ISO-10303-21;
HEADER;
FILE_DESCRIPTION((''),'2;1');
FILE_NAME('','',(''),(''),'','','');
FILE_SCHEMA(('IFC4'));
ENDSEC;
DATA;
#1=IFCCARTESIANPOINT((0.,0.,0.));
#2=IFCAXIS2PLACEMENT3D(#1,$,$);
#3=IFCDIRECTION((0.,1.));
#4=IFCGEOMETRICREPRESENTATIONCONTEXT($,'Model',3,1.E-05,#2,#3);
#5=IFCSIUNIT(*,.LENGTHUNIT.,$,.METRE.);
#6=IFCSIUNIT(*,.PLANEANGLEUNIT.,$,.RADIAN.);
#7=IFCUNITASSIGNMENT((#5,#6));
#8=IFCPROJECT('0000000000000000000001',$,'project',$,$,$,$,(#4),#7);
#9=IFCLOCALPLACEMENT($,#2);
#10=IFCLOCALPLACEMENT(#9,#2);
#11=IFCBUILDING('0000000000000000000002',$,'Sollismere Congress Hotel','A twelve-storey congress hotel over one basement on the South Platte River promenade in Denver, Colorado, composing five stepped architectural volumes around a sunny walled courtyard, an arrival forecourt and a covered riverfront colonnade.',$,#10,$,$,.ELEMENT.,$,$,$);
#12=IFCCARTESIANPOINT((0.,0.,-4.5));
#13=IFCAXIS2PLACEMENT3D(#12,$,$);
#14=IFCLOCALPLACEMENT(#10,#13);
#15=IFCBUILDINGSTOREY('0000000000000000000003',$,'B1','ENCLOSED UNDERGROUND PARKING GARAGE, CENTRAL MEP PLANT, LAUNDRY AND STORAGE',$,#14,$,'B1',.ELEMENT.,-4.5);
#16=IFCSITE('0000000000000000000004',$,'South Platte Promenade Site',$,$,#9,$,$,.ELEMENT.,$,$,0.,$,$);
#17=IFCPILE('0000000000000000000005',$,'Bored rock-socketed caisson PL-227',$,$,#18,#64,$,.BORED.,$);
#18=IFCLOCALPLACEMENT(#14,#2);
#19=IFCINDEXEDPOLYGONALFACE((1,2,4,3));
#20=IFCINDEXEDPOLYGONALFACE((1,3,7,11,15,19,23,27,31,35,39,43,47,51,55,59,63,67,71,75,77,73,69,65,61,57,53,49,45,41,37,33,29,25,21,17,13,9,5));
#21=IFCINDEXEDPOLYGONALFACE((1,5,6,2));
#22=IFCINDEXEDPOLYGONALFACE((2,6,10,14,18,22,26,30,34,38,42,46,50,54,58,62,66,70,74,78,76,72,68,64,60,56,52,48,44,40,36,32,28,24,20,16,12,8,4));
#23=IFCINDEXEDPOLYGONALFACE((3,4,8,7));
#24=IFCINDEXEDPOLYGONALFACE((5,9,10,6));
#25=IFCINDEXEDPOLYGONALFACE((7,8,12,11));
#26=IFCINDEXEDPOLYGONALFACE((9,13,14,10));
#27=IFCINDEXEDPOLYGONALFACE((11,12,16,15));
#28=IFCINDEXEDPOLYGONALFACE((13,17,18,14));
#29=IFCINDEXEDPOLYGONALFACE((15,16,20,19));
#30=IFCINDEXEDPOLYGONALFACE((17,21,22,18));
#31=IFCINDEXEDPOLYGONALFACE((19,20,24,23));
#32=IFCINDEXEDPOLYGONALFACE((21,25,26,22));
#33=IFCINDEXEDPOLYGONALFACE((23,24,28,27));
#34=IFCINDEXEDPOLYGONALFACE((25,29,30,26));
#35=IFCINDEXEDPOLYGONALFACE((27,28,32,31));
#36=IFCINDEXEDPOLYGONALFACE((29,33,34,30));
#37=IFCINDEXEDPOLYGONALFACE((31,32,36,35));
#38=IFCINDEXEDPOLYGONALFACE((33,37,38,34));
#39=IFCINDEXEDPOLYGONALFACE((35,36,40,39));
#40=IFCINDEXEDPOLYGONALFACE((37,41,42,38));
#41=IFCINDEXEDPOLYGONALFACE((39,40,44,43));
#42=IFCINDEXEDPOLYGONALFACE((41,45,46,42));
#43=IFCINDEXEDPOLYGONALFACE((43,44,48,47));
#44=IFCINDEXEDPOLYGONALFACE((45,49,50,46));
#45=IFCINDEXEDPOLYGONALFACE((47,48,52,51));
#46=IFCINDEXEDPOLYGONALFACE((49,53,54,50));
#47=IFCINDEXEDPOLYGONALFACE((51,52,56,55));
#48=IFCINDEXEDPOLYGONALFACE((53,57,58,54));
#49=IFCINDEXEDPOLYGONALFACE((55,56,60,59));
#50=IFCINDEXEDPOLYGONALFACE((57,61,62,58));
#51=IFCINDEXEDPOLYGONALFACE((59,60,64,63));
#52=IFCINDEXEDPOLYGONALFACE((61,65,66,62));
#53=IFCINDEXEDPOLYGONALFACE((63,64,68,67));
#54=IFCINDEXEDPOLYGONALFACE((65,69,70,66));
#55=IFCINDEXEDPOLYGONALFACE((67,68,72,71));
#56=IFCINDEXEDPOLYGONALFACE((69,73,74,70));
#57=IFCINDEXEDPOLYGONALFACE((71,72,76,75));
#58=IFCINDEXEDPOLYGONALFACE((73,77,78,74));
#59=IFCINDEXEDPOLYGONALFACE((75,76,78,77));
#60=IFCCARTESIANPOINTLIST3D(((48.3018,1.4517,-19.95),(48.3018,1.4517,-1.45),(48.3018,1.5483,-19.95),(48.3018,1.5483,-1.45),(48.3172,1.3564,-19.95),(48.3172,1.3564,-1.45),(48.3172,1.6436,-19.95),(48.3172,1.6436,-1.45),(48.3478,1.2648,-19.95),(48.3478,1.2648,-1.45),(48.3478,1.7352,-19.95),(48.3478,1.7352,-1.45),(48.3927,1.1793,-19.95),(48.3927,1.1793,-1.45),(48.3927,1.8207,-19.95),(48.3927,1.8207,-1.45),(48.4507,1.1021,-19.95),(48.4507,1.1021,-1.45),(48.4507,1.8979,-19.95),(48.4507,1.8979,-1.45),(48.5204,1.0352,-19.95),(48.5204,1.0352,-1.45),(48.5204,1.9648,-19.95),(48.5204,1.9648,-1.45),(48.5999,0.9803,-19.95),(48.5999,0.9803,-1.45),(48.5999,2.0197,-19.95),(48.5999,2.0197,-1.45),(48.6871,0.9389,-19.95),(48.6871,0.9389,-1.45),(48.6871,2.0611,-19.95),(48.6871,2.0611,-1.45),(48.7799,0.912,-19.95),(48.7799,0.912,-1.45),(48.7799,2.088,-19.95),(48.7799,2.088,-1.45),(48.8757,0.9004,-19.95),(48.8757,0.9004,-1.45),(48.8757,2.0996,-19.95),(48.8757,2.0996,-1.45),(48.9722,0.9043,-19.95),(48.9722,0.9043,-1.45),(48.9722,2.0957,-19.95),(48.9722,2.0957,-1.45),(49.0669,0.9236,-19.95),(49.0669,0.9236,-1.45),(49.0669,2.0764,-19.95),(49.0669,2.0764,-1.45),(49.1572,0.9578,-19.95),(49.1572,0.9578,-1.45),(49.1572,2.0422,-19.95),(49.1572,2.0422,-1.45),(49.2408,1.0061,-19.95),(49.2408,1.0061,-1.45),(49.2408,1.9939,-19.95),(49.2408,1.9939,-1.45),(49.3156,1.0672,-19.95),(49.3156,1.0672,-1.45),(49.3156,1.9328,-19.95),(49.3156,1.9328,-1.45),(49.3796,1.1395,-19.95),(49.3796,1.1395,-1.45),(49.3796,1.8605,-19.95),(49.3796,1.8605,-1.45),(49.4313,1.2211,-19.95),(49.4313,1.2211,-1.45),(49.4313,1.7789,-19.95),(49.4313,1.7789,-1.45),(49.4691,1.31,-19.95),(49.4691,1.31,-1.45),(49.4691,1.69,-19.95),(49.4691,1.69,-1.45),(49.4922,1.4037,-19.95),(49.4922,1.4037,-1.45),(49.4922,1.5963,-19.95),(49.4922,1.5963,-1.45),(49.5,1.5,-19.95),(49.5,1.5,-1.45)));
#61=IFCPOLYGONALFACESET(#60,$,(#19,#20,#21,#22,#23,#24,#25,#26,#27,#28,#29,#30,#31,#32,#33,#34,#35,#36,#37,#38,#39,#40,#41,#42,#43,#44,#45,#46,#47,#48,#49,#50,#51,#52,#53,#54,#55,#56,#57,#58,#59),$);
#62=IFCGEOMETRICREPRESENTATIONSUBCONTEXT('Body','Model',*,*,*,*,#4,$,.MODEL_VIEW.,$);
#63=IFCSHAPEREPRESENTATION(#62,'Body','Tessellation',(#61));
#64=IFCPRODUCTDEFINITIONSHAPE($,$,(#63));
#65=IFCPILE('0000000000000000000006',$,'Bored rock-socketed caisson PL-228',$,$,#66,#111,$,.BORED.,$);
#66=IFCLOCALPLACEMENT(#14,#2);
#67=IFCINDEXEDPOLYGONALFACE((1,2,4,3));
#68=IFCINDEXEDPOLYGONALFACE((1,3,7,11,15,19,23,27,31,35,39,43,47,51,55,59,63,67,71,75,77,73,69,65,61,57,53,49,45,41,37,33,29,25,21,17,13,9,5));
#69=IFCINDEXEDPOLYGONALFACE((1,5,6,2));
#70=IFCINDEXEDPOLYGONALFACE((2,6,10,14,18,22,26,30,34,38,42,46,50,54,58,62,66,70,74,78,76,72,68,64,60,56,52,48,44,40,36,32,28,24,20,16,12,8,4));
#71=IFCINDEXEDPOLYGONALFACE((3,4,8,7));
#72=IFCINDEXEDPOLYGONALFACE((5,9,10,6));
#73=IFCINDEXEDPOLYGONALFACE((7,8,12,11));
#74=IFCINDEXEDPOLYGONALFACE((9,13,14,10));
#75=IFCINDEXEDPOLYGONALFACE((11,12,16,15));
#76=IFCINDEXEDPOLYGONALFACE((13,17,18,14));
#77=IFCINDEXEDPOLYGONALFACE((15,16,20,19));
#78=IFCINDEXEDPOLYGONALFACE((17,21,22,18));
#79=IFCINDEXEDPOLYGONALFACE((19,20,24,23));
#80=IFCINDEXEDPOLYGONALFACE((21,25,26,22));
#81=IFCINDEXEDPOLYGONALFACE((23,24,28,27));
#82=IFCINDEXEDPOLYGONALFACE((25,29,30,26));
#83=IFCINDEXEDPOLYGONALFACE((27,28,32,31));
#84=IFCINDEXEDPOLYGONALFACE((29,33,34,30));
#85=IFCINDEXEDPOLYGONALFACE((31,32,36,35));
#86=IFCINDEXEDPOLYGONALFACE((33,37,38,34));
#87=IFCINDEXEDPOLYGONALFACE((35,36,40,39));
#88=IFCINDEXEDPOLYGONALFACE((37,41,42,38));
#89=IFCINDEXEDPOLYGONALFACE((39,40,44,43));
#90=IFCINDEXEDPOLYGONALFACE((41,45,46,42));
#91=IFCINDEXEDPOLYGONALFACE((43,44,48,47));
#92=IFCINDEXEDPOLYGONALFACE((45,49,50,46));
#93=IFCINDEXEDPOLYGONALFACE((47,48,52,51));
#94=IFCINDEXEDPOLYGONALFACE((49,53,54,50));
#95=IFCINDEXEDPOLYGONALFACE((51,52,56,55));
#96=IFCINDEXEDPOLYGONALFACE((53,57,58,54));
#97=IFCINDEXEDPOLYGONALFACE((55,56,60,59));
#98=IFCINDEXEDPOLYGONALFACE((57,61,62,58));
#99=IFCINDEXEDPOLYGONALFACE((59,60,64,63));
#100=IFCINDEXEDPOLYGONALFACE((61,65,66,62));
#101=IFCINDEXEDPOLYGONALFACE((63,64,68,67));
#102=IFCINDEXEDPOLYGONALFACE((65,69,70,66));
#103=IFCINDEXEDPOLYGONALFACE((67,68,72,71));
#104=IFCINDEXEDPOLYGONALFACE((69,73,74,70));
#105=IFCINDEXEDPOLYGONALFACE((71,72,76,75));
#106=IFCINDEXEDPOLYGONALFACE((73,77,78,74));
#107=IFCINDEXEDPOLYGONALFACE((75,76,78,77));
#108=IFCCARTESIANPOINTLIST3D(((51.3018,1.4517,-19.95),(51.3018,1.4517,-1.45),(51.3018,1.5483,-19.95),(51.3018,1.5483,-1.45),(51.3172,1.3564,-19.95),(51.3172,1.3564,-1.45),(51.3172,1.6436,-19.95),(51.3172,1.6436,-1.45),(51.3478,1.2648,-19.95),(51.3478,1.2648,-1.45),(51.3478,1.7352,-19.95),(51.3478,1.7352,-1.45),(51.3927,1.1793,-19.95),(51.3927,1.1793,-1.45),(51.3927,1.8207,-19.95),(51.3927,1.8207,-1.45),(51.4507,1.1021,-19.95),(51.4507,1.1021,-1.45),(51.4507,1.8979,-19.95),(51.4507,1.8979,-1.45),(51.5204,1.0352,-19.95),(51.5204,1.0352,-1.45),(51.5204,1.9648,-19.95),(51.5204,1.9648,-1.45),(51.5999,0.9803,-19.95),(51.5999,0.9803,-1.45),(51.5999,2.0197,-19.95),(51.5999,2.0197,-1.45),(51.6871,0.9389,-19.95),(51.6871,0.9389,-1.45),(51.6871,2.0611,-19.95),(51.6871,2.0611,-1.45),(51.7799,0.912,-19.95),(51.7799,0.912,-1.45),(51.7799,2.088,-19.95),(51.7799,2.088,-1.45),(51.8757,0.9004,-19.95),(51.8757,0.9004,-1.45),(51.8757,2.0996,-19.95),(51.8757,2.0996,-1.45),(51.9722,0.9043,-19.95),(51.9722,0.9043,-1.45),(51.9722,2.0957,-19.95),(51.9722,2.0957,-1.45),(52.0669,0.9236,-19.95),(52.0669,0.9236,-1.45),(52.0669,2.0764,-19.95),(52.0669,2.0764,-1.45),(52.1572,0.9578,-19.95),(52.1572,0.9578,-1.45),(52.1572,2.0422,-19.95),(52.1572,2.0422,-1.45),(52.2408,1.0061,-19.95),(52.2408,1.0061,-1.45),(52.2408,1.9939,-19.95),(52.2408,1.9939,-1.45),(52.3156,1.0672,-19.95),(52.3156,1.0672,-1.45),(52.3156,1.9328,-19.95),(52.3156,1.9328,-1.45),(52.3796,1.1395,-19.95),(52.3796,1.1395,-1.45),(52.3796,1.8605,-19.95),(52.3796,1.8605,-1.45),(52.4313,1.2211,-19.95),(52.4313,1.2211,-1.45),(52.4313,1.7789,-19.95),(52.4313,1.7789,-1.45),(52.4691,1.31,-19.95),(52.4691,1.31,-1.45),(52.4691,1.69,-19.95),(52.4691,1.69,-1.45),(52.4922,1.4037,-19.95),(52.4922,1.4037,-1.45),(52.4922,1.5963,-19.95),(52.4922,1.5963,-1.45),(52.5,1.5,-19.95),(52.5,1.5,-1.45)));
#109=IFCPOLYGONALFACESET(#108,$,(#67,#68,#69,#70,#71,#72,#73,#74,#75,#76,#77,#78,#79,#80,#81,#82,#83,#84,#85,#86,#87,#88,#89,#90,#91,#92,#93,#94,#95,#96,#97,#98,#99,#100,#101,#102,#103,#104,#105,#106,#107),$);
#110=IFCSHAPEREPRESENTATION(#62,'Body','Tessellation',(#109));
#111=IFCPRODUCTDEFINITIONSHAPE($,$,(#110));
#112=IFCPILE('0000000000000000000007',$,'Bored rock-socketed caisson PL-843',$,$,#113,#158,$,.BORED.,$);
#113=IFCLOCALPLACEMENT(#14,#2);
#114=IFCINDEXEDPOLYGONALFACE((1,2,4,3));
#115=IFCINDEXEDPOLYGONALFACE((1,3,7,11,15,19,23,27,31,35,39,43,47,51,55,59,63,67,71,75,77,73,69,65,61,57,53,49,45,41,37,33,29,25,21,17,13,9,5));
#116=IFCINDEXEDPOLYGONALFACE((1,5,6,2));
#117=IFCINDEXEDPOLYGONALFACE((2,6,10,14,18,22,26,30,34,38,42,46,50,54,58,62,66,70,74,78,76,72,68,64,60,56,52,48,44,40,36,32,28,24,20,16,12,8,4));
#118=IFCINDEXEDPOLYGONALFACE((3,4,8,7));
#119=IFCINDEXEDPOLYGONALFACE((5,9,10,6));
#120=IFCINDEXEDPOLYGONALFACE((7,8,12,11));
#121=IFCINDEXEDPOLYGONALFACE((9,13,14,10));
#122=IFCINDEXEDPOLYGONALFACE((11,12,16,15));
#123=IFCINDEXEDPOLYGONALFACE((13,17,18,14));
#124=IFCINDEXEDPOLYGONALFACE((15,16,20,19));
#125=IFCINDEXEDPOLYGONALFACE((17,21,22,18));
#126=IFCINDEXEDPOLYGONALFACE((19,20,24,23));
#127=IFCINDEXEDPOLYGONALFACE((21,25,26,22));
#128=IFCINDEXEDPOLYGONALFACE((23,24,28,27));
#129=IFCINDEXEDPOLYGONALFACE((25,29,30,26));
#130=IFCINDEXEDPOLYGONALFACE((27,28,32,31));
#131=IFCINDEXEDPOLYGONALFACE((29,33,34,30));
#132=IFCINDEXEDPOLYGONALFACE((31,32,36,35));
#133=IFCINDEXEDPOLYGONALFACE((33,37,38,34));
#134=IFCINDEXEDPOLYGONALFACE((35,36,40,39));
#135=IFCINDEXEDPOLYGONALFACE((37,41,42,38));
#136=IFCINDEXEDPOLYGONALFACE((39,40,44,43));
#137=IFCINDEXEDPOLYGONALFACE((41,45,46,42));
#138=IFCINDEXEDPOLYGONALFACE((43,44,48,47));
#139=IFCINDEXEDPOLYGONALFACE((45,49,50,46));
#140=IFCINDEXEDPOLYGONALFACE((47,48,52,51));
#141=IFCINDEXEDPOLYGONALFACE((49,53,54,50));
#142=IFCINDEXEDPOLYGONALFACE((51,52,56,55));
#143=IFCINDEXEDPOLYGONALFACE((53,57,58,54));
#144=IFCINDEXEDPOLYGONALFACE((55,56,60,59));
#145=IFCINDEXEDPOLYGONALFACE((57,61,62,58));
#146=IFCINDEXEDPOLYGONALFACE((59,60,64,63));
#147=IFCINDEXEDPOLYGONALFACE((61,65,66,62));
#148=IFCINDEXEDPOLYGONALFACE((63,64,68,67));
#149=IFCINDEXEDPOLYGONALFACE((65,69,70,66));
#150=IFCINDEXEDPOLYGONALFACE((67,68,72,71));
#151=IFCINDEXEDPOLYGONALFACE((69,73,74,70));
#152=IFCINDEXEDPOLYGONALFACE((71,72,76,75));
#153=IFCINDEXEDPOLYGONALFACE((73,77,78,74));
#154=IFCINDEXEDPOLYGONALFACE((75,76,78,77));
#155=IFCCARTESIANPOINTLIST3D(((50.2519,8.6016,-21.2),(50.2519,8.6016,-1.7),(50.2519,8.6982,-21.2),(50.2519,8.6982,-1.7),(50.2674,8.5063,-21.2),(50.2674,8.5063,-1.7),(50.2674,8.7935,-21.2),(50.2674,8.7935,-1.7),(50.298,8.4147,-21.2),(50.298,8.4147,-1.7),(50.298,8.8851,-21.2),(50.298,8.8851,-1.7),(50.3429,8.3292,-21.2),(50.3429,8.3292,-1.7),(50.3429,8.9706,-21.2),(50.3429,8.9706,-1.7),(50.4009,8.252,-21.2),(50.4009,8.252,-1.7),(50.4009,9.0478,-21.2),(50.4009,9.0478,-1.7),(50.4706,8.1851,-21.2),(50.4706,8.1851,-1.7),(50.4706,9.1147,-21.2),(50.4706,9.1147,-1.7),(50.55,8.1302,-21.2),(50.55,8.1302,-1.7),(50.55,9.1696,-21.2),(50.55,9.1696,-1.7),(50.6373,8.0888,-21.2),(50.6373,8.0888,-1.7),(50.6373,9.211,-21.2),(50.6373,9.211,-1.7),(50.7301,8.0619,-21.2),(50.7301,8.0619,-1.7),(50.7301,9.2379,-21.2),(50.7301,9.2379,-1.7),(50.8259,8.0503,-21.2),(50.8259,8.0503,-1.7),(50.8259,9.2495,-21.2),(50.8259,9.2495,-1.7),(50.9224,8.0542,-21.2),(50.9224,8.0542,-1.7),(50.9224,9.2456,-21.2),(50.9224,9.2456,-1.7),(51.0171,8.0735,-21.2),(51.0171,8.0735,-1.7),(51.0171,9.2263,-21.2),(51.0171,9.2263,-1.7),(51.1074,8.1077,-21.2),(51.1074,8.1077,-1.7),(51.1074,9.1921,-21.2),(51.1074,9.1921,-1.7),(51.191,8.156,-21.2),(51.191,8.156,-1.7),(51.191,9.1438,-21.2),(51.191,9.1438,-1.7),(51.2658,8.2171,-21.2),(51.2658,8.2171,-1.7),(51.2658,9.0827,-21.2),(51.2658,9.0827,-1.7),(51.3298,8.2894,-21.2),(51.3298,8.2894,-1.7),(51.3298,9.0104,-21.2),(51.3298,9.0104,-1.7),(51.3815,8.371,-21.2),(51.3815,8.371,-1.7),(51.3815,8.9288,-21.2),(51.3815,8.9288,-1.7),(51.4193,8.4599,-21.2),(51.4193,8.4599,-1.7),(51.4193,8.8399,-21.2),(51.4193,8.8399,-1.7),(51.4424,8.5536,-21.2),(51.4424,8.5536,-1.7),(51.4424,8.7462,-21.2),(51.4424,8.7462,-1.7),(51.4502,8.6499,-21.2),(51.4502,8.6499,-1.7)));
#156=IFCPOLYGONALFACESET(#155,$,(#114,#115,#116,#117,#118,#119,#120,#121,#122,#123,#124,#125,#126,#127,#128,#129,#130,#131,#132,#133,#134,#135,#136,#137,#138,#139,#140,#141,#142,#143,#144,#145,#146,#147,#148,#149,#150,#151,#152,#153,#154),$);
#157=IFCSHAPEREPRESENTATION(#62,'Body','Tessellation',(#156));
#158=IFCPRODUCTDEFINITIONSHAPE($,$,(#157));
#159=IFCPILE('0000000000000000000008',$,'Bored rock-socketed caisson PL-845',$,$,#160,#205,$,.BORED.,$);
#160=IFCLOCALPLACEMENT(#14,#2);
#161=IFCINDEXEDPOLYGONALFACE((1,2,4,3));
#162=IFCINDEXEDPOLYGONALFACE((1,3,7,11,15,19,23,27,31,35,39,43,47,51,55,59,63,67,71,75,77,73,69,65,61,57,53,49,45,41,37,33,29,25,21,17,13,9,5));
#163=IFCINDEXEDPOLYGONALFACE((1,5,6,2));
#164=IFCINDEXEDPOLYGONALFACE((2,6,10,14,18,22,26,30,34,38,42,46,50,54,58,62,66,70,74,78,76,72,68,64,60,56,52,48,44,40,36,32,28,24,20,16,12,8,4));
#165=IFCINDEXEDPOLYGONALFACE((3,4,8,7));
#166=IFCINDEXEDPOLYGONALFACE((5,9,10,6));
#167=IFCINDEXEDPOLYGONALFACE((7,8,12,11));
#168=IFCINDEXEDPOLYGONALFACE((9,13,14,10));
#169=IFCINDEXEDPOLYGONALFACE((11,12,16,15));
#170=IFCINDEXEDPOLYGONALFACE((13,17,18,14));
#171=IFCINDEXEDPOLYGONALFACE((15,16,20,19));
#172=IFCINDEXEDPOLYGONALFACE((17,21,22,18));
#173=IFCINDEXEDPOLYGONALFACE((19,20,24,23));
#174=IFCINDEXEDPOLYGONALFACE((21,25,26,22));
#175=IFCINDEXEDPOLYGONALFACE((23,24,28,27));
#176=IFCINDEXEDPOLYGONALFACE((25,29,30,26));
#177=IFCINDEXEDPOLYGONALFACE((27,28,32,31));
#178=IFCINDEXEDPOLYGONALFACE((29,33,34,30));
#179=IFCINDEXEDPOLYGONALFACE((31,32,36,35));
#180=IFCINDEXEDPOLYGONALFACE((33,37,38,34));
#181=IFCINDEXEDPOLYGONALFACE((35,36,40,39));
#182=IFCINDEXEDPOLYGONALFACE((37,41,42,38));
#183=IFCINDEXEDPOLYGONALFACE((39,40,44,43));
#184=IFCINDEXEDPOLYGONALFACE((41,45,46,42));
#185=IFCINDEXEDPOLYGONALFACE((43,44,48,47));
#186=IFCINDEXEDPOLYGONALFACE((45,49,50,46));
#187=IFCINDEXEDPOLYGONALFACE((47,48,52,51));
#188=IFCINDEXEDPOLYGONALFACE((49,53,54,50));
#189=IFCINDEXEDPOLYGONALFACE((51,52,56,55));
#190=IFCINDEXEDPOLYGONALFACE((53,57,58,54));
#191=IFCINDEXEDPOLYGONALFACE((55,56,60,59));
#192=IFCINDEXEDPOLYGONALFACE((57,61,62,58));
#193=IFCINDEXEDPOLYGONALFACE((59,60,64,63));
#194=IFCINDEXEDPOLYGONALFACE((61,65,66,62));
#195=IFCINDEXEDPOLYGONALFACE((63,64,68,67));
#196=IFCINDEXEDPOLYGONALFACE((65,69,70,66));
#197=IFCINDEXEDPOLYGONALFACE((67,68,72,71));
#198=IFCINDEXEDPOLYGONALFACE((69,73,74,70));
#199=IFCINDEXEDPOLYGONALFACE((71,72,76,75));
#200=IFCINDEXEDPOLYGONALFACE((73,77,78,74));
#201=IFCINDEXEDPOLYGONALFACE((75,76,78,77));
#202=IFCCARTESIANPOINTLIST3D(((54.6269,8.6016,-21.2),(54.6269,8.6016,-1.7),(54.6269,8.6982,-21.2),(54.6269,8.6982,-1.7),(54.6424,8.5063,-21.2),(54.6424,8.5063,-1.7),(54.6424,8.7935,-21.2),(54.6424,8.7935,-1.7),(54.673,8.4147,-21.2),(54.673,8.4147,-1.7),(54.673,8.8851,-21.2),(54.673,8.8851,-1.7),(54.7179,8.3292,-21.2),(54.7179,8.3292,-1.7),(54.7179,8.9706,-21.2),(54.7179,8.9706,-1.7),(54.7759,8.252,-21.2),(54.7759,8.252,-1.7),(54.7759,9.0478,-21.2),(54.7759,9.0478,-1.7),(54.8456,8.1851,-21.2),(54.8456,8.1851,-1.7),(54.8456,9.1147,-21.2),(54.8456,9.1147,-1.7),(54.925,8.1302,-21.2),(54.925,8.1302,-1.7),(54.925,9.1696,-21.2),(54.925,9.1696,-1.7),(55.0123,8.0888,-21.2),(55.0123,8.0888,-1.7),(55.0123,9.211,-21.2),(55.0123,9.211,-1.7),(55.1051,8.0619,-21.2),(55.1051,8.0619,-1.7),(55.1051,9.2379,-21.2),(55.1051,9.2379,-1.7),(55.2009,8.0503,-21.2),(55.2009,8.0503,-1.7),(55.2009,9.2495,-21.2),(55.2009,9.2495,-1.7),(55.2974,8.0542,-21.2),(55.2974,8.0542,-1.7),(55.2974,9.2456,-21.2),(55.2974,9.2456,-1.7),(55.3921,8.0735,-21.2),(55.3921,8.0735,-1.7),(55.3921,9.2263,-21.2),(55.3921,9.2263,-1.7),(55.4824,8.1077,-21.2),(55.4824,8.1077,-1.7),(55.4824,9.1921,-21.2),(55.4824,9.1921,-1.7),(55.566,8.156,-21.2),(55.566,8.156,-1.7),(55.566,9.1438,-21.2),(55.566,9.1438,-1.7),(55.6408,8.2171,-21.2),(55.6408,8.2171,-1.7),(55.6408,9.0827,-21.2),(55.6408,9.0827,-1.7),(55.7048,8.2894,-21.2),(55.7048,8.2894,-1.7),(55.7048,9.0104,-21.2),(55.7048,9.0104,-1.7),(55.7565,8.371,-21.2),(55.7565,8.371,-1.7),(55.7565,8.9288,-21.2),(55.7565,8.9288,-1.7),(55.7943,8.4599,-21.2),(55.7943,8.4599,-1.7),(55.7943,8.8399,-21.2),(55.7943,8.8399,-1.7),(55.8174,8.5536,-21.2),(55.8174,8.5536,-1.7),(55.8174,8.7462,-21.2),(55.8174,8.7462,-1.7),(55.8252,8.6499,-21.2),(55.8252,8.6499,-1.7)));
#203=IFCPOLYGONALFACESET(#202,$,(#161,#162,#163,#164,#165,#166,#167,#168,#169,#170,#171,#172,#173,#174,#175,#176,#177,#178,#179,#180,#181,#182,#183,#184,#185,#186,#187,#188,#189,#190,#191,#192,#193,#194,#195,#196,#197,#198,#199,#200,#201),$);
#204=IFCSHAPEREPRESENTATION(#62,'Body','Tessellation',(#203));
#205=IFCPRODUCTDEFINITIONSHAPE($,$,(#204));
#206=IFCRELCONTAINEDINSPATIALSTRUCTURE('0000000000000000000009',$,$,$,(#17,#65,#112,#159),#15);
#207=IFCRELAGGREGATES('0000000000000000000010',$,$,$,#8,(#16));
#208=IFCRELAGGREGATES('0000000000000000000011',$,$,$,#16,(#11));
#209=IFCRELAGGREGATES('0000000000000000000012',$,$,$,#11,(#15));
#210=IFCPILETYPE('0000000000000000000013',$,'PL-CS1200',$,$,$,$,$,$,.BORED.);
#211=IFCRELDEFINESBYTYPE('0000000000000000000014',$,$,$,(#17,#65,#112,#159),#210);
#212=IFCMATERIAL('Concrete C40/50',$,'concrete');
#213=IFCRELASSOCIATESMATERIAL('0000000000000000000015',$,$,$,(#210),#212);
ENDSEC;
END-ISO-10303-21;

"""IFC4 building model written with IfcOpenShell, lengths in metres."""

from ifc_helpers import new_model, si_unit, direction, frame, origin, origin_2d, place, context, subcontext, project, spatial, circle, extrude, material, material_profile, profile_set, type_object, element, save


model = new_model("IFC4")

# Units and contexts
model_context = context("Model", 3, precision=1e-05, world=origin(), true_north=direction((0.0, 1.0)))
body_context = subcontext(model_context, "Body", "Model", "MODEL_VIEW")
ifc_project = project(units=[si_unit("LENGTHUNIT", "METRE"), si_unit("PLANEANGLEUNIT", "RADIAN")], contexts=[model_context])

# Site, building, storey
site_placement = place(None, origin())
site = spatial("IfcSite", under=ifc_project, at=site_placement, Name="South Platte Promenade Site", CompositionType="ELEMENT", RefElevation=0.0)
building_placement = place(site_placement, origin())
building = spatial("IfcBuilding", under=site, at=building_placement, Name="Sollismere Congress Hotel", Description="A twelve-storey congress hotel over one basement on the South Platte River promenade in Denver, Colorado, composing five stepped architectural volumes around a sunny walled courtyard, an arrival forecourt and a covered riverfront colonnade.", CompositionType="ELEMENT")
storey_placement = place(building_placement, frame((0.0, 0.0, -4.5)))
storey = spatial("IfcBuildingStorey", under=building, at=storey_placement, Name="B1", Description="ENCLOSED UNDERGROUND PARKING GARAGE, CENTRAL MEP PLANT, LAUNDRY AND STORAGE", LongName="B1", CompositionType="ELEMENT", Elevation=-4.5)

# Shared definitions
ifc_material_1 = material(Name="Concrete C40/50", Category="concrete")

# Piles
ifc_material_profile_1 = material_profile(ifc_material_1, circle(Radius=0.6001, at=origin_2d()), Name="CAISSON1200")
ifc_profile_set_1 = profile_set([ifc_material_profile_1], Name="Concrete C40/50")
pile_type = type_object("IfcPileType", Name="PL-CS1200", PredefinedType="BORED", material=ifc_profile_set_1)
for number, where, z_axis, x_axis, name in (
    (1, (48.8999, 1.5, -1.45), (0.0, 0.0, -1.0), (1.0, 0.0, 0.0), "Bored rock-socketed caisson PL-227"),
    (2, (51.8999, 1.5, -1.45), (0.0, 0.0, -1.0), (1.0, 0.0, 0.0), "Bored rock-socketed caisson PL-228"),
):
    element("IfcPile", number, at=place(storey_placement, frame(where, z_axis=z_axis, x_axis=x_axis)), inside=storey, type_object=pile_type, Name=name, PredefinedType="BORED", context=body_context, shape_type="SweptSolid", body=[
        extrude(circle(Radius=0.6001, at=origin_2d()), origin(), (0.0, 0.0, 1.0), 18.5),
    ])
for number, where, z_axis, x_axis, name in (
    (3, (50.8501, 8.6499, -1.7), (0.0, 0.0, -1.0), (1.0, 0.0, 0.0), "Bored rock-socketed caisson PL-843"),
    (4, (55.2251, 8.6499, -1.7), (0.0, 0.0, -1.0), (1.0, 0.0, 0.0), "Bored rock-socketed caisson PL-845"),
):
    element("IfcPile", number, at=place(storey_placement, frame(where, z_axis=z_axis, x_axis=x_axis)), inside=storey, type_object=pile_type, Name=name, PredefinedType="BORED", context=body_context, shape_type="SweptSolid", body=[
        extrude(circle(Radius=0.6001, at=origin_2d()), origin(), (0.0, 0.0, 1.0), 19.5),
    ])

save(model, "model.ifc")
